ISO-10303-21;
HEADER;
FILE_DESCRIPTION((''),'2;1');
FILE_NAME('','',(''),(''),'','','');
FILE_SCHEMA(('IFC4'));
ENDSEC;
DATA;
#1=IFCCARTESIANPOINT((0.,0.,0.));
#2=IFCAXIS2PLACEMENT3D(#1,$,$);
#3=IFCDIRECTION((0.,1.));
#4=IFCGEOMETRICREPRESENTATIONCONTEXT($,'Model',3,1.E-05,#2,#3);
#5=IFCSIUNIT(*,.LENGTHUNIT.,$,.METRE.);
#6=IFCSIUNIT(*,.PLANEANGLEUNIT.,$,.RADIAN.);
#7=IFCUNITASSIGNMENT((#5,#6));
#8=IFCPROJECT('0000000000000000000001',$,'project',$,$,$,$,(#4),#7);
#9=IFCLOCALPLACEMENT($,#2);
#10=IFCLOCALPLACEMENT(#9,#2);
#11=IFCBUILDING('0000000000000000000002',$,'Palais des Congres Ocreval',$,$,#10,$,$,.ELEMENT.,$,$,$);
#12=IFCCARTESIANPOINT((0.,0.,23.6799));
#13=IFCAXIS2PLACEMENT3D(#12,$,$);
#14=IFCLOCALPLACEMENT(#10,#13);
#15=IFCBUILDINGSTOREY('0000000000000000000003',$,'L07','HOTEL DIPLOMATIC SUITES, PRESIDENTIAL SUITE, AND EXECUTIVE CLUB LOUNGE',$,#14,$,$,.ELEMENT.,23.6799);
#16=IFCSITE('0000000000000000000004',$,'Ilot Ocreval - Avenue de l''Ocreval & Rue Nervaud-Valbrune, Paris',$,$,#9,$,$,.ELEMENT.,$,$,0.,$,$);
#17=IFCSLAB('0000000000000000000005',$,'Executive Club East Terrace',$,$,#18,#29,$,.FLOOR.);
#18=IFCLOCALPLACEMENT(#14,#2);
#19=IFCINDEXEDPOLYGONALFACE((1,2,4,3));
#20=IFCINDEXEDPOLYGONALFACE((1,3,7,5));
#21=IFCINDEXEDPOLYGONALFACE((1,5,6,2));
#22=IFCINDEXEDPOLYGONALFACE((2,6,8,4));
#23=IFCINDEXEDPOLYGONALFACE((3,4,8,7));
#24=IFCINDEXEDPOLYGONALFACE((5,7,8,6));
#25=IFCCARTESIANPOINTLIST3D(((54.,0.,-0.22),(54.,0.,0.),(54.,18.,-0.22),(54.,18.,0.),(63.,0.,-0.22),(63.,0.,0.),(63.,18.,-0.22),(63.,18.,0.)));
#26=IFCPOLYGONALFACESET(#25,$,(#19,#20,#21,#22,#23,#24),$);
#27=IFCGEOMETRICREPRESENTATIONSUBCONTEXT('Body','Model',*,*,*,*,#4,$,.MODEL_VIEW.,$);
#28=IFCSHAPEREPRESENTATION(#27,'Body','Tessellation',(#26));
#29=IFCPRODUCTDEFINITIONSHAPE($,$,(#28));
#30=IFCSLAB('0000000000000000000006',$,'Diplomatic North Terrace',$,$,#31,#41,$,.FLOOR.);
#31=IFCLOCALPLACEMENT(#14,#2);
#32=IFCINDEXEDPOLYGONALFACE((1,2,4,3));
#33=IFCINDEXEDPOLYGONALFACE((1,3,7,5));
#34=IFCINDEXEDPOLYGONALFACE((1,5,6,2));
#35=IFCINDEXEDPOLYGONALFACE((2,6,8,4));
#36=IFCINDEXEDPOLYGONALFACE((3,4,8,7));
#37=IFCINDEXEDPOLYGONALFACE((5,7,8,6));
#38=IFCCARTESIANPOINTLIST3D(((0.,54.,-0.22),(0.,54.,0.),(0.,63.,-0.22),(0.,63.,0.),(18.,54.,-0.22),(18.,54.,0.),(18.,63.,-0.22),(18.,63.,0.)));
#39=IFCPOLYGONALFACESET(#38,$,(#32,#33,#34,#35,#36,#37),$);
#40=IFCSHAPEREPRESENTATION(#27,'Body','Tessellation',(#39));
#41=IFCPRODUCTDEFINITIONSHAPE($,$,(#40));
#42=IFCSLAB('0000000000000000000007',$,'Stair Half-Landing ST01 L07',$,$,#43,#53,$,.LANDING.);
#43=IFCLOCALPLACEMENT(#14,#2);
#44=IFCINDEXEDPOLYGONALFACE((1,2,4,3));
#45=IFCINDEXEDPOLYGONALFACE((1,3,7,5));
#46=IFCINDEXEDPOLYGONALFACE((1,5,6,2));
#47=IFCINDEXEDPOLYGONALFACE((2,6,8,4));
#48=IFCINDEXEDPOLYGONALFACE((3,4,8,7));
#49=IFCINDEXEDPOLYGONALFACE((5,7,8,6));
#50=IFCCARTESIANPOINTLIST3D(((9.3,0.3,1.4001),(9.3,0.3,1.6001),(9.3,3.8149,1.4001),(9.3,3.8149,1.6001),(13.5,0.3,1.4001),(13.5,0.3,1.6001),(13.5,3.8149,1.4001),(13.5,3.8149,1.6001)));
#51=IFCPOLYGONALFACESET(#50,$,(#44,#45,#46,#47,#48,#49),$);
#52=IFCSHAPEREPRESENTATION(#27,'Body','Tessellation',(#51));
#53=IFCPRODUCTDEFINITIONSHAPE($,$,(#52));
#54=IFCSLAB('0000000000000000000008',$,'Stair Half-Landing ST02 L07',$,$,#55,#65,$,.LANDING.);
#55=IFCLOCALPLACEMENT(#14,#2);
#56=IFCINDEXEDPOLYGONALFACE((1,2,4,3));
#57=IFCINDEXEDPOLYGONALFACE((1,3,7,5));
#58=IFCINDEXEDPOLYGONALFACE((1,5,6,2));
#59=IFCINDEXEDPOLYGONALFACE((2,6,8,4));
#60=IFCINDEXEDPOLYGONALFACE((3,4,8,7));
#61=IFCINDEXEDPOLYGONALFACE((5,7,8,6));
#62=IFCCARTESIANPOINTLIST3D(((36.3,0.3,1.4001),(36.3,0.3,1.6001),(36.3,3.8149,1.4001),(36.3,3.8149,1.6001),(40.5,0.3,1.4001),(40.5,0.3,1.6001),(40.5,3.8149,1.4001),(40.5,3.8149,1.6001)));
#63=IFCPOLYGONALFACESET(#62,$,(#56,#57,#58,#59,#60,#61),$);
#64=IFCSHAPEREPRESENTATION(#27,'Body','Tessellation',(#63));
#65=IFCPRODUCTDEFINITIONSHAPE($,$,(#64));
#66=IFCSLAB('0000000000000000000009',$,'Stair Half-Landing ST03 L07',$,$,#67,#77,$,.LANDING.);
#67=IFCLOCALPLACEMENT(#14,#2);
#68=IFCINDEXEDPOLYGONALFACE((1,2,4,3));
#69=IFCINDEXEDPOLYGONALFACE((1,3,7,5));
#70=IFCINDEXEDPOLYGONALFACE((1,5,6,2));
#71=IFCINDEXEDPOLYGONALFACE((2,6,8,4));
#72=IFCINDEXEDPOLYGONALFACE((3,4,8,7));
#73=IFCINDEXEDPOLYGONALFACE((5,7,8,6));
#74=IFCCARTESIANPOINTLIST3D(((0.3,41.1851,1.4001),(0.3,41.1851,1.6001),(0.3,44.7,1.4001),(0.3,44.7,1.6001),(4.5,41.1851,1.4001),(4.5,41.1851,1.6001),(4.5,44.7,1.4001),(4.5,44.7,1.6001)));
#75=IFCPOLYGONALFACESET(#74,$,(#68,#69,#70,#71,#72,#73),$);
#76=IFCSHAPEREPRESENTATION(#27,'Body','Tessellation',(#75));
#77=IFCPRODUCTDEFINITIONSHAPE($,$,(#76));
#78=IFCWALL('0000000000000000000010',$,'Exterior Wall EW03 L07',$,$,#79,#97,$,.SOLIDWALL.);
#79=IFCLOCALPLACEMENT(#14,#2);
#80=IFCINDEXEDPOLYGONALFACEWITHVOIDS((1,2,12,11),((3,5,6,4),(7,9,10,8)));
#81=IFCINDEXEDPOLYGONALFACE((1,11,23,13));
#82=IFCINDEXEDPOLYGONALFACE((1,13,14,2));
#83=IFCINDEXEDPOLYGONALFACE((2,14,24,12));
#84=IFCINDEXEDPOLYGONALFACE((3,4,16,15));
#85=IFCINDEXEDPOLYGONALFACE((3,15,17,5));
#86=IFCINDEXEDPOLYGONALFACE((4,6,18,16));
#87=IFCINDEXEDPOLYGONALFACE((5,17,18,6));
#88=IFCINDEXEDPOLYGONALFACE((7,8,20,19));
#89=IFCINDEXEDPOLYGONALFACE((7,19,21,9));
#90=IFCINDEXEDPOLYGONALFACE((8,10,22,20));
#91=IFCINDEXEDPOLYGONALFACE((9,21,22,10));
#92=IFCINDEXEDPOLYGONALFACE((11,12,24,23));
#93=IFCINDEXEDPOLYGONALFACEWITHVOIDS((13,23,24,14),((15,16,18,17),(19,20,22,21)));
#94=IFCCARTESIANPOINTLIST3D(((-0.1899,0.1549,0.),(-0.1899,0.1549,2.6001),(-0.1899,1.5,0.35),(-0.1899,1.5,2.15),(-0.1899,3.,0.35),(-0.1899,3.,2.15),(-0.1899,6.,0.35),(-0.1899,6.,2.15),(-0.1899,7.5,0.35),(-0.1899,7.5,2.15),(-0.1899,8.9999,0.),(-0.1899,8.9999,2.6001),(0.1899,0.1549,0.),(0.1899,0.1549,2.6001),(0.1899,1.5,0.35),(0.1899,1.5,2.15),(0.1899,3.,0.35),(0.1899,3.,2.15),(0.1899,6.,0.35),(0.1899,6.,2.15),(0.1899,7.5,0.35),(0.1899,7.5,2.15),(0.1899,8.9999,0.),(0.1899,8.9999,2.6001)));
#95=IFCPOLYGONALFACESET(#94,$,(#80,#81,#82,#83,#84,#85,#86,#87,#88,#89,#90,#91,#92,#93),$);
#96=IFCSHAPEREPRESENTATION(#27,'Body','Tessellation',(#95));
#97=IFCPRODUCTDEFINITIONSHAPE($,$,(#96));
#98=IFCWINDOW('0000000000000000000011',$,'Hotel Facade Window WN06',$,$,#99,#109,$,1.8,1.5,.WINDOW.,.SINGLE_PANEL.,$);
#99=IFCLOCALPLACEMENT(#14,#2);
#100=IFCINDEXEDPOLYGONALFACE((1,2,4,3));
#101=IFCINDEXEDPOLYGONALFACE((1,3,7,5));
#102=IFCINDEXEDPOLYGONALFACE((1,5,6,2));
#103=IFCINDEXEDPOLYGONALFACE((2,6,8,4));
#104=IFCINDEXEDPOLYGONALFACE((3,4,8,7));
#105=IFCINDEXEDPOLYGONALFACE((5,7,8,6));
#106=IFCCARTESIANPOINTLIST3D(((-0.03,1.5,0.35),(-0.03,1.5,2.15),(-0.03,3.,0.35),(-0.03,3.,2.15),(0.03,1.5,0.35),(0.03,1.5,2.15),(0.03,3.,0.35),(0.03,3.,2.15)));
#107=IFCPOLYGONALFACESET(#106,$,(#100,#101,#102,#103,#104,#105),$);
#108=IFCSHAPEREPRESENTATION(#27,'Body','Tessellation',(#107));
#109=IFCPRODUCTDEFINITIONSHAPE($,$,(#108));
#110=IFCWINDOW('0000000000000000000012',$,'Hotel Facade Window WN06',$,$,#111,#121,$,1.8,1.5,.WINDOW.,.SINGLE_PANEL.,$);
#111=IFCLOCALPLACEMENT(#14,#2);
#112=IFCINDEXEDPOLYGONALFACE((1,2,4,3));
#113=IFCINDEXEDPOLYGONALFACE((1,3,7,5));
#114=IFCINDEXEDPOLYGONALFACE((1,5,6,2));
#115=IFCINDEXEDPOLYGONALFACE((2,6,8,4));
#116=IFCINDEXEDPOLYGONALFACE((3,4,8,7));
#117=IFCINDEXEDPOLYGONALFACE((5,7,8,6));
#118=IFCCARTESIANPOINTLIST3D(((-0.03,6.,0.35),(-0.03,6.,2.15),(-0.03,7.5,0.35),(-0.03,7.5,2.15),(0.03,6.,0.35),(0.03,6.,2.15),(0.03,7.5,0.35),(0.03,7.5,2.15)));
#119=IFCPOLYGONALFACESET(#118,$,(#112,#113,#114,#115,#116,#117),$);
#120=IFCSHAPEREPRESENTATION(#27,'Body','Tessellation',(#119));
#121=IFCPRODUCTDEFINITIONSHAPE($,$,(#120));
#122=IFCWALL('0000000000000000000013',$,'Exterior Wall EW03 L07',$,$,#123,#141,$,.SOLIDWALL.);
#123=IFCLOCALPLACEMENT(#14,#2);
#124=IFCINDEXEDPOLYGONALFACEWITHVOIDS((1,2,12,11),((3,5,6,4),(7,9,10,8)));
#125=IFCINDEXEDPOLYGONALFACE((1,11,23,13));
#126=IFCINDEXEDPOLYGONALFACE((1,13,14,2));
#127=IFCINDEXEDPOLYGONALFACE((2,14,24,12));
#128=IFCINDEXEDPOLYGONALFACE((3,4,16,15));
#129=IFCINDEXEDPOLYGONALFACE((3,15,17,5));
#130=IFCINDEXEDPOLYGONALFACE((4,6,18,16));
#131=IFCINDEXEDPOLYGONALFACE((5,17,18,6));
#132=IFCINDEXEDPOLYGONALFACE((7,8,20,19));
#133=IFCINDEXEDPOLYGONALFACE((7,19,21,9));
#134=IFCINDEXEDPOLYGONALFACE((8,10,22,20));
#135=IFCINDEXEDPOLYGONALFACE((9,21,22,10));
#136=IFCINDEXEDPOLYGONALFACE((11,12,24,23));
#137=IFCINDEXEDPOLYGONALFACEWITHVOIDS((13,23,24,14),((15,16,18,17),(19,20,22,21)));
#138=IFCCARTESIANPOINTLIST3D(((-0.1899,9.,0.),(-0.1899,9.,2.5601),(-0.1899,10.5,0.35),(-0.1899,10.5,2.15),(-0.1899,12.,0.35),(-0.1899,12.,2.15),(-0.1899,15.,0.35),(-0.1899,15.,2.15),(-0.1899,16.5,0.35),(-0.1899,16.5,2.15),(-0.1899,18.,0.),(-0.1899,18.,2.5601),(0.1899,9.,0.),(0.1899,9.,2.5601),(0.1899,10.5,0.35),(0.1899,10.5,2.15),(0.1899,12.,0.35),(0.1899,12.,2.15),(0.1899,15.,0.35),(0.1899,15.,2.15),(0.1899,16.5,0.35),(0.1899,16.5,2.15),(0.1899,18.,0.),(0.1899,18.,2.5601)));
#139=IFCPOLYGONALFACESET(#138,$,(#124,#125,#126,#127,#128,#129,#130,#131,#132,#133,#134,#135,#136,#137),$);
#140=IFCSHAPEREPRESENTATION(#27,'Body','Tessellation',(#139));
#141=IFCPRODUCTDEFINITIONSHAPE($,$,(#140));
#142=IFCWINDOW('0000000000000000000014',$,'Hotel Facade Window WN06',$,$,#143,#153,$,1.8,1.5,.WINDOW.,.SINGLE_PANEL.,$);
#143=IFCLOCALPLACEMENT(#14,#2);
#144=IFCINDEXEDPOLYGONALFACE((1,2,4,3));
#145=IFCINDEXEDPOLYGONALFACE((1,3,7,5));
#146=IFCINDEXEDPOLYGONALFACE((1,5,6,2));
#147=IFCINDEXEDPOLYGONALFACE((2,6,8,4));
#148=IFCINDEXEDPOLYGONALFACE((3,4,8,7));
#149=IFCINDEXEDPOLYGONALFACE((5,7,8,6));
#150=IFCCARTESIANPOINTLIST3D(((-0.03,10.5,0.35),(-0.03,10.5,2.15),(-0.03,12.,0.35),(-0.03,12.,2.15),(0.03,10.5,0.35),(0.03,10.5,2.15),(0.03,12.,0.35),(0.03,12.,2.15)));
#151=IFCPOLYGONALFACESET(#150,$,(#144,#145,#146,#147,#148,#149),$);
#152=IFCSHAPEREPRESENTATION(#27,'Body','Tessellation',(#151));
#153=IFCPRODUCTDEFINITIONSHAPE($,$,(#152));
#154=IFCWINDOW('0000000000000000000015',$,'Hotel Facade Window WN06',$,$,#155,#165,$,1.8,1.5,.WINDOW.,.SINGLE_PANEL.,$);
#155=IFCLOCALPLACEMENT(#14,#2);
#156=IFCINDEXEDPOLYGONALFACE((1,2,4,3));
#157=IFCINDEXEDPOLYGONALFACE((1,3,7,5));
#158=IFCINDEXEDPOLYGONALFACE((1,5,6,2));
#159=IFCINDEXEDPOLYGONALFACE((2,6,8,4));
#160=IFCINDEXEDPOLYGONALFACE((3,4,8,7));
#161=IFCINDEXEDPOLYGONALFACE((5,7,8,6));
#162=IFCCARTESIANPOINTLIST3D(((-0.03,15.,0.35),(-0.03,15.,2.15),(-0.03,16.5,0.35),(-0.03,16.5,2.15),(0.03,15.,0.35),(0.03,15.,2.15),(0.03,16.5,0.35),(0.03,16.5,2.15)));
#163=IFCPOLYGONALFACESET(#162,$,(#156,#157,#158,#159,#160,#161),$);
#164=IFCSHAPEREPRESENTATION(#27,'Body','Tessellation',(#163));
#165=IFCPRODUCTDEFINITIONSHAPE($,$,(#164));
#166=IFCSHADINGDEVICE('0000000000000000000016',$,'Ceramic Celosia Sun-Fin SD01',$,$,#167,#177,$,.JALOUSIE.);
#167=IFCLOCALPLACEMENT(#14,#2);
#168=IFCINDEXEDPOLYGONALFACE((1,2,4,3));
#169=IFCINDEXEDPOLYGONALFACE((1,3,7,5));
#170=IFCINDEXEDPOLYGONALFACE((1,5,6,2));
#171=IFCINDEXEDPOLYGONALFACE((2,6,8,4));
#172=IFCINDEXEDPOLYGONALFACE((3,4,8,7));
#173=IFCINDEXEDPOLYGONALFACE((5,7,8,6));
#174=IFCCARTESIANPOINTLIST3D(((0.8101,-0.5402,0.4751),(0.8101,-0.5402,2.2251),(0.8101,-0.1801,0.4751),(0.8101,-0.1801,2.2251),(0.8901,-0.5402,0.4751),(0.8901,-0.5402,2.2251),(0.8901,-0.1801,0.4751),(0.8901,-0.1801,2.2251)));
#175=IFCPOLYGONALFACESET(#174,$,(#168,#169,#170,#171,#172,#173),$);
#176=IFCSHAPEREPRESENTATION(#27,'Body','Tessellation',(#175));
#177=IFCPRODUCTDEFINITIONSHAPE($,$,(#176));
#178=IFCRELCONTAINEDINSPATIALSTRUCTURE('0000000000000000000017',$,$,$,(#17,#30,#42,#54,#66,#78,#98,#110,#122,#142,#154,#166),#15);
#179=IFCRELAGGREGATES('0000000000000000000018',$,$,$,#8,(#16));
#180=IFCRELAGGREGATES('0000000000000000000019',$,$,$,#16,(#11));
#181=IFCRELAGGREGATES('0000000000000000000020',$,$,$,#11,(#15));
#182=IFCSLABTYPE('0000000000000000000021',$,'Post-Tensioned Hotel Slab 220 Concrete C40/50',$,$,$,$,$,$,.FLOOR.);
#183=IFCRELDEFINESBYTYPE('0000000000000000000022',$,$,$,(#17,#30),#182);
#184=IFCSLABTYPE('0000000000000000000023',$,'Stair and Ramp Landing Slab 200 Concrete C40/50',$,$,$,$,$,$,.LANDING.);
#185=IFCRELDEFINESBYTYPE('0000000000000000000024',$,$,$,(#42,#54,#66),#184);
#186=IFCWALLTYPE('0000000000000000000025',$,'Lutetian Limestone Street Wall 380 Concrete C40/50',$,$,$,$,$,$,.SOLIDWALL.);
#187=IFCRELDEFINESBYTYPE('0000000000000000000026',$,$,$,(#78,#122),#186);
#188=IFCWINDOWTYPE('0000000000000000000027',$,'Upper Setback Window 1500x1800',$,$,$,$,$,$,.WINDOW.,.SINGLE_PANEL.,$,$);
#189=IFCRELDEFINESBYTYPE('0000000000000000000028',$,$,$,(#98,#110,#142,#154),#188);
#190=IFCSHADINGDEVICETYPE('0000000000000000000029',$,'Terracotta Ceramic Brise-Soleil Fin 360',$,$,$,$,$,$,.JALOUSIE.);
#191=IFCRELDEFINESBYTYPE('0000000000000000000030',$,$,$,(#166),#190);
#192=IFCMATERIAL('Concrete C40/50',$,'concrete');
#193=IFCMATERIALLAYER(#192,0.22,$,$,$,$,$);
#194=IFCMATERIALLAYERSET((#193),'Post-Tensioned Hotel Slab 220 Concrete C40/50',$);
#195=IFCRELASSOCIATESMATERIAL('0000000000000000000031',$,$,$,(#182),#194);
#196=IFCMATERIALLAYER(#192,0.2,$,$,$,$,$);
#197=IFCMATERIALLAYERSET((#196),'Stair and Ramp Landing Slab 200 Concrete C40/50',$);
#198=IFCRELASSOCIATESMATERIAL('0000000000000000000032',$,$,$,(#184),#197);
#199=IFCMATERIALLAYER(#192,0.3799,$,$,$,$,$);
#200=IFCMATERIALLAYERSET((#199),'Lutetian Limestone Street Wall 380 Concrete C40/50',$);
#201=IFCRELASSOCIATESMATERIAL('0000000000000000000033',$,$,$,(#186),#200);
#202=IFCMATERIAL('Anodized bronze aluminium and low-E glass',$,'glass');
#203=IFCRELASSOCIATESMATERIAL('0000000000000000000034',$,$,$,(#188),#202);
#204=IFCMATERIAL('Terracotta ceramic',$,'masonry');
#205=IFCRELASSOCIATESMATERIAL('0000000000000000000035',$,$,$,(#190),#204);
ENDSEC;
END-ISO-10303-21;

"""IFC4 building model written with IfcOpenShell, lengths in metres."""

from ifc_helpers import new_model, si_unit, direction, frame, frame_2d, origin, origin_2d, place, context, subcontext, project, spatial, polyline, rectangle, outline, extrude, material, layer, layer_set, type_object, element, fill, save


model = new_model("IFC4")

# Units and contexts
model_context = context("Model", 3, precision=1e-05, world=origin(), true_north=direction((0.0, 1.0)))
body_context = subcontext(model_context, "Body", "Model", "MODEL_VIEW")
ifc_project = project(units=[si_unit("LENGTHUNIT", "METRE"), si_unit("PLANEANGLEUNIT", "RADIAN")], contexts=[model_context])

# Site, building, storey
site_placement = place(None, origin())
site = spatial("IfcSite", under=ifc_project, at=site_placement, Name="Ilot Ocreval - Avenue de l'Ocreval & Rue Nervaud-Valbrune, Paris", CompositionType="ELEMENT", RefElevation=0.0)
building_placement = place(site_placement, origin())
building = spatial("IfcBuilding", under=site, at=building_placement, Name="Palais des Congres Ocreval", CompositionType="ELEMENT")
storey_placement = place(building_placement, frame((0.0, 0.0, 23.6799)))
storey = spatial("IfcBuildingStorey", under=building, at=storey_placement, Name="L07", Description="HOTEL DIPLOMATIC SUITES, PRESIDENTIAL SUITE, AND EXECUTIVE CLUB LOUNGE", CompositionType="ELEMENT", Elevation=23.6799)

# Slabs
ifc_material_1 = material(Name="Concrete C40/50", Category="concrete")
ifc_layer_1 = layer(ifc_material_1, 0.22)
ifc_layer_set_1 = layer_set([ifc_layer_1], Name="Post-Tensioned Hotel Slab 220 Concrete C40/50")
slab_type_1 = type_object("IfcSlabType", Name="Post-Tensioned Hotel Slab 220 Concrete C40/50", PredefinedType="FLOOR", material=ifc_layer_set_1)
slab_1_placement = place(storey_placement, frame((0.0, 0.0, -0.22)))
element("IfcSlab", 1, at=slab_1_placement, inside=storey, type_object=slab_type_1, Name="Executive Club East Terrace", PredefinedType="FLOOR", context=body_context, shape_type="SweptSolid", body=[
    extrude(outline(polyline([(54.0, 0.0), (54.0, 18.0), (63.0, 18.0), (63.0, 0.0), (54.0, 0.0)])), origin(), (0.0, 0.0, 1.0), 0.22),
])
slab_2_placement = place(storey_placement, frame((0.0, 0.0, -0.22)))
element("IfcSlab", 2, at=slab_2_placement, inside=storey, type_object=slab_type_1, Name="Diplomatic North Terrace", PredefinedType="FLOOR", context=body_context, shape_type="SweptSolid", body=[
    extrude(outline(polyline([(0.0, 54.0), (0.0, 63.0), (18.0, 63.0), (18.0, 54.0), (0.0, 54.0)])), origin(), (0.0, 0.0, 1.0), 0.22),
])
ifc_layer_2 = layer(ifc_material_1, 0.2)
ifc_layer_set_2 = layer_set([ifc_layer_2], Name="Stair and Ramp Landing Slab 200 Concrete C40/50")
slab_type_2 = type_object("IfcSlabType", Name="Stair and Ramp Landing Slab 200 Concrete C40/50", PredefinedType="LANDING", material=ifc_layer_set_2)
slab_3_placement = place(storey_placement, frame((0.0, 0.0, 1.4001)))
element("IfcSlab", 3, at=slab_3_placement, inside=storey, type_object=slab_type_2, Name="Stair Half-Landing ST01 L07", PredefinedType="LANDING", context=body_context, shape_type="SweptSolid", body=[
    extrude(outline(polyline([(9.3, 0.3), (13.5, 0.3), (13.5, 3.8149), (9.3, 3.8149), (9.3, 0.3)])), origin(), (0.0, 0.0, 1.0), 0.2),
])
slab_4_placement = place(storey_placement, frame((0.0, 0.0, 1.4001)))
element("IfcSlab", 4, at=slab_4_placement, inside=storey, type_object=slab_type_2, Name="Stair Half-Landing ST02 L07", PredefinedType="LANDING", context=body_context, shape_type="SweptSolid", body=[
    extrude(outline(polyline([(36.3, 0.3), (40.5, 0.3), (40.5, 3.8149), (36.3, 3.8149), (36.3, 0.3)])), origin(), (0.0, 0.0, 1.0), 0.2),
])
slab_5_placement = place(storey_placement, frame((0.0, 0.0, 1.4001)))
element("IfcSlab", 5, at=slab_5_placement, inside=storey, type_object=slab_type_2, Name="Stair Half-Landing ST03 L07", PredefinedType="LANDING", context=body_context, shape_type="SweptSolid", body=[
    extrude(outline(polyline([(0.3, 41.1851), (4.5, 41.1851), (4.5, 44.7), (0.3, 44.7), (0.3, 41.1851)])), origin(), (0.0, 0.0, 1.0), 0.2),
])

# Walls, openings, windows
ifc_layer_3 = layer(ifc_material_1, 0.3799)
ifc_layer_set_3 = layer_set([ifc_layer_3], Name="Lutetian Limestone Street Wall 380 Concrete C40/50")
wall_type = type_object("IfcWallType", Name="Lutetian Limestone Street Wall 380 Concrete C40/50", PredefinedType="SOLIDWALL", material=ifc_layer_set_3)
wall_1_placement = place(storey_placement, frame((0.0, 0.155, 0.0), z_axis=(0.0, 0.0, 1.0), x_axis=(0.0, 1.0, 0.0)))
wall_1 = element("IfcWall", 6, at=wall_1_placement, inside=storey, type_object=wall_type, Name="Exterior Wall EW03 L07", PredefinedType="SOLIDWALL", context=body_context, shape_type="SweptSolid", body=[
    extrude(rectangle(XDim=8.845, YDim=0.3799, at=frame_2d((4.4224, 0.0))), origin(), (0.0, 0.0, 1.0), 2.6001),
])
opening_1_placement = place(wall_1_placement, frame((1.345, 0.0, 0.3501)))
opening_1 = element("IfcOpeningElement", 7, at=opening_1_placement, cuts=wall_1, PredefinedType="OPENING", context=body_context, shape_type="SweptSolid", body=[
    extrude(rectangle(XDim=1.5, YDim=1.8, at=frame_2d((0.75, 0.8999))), frame((0.0, 0.2, 0.0), z_axis=(0.0, -1.0, 0.0), x_axis=(1.0, 0.0, 0.0)), (0.0, 0.0, 1.0), 0.3999),
])
opening_2_placement = place(wall_1_placement, frame((5.845, 0.0, 0.3501)))
opening_2 = element("IfcOpeningElement", 8, at=opening_2_placement, cuts=wall_1, PredefinedType="OPENING", context=body_context, shape_type="SweptSolid", body=[
    extrude(rectangle(XDim=1.5, YDim=1.8, at=frame_2d((0.75, 0.8999))), frame((0.0, 0.2, 0.0), z_axis=(0.0, -1.0, 0.0), x_axis=(1.0, 0.0, 0.0)), (0.0, 0.0, 1.0), 0.3999),
])
ifc_material_2 = material(Name="Anodized bronze aluminium and low-E glass", Category="glass")
window_type = type_object("IfcWindowType", Name="Upper Setback Window 1500x1800", PartitioningType="SINGLE_PANEL", PredefinedType="WINDOW", material=ifc_material_2)
window_1_placement = place(opening_1_placement, origin())
window_1 = element("IfcWindow", 9, at=window_1_placement, inside=storey, type_object=window_type, Name="Hotel Facade Window WN06", OverallHeight=1.8, OverallWidth=1.5, PartitioningType="SINGLE_PANEL", PredefinedType="WINDOW", context=body_context, shape_type="SweptSolid", body=[
    extrude(rectangle(XDim=1.5, YDim=1.8, at=frame_2d((0.75, 0.8999))), frame((0.0, 0.03, 0.0), z_axis=(0.0, -1.0, 0.0), x_axis=(1.0, 0.0, 0.0)), (0.0, 0.0, 1.0), 0.0601),
])
fill(opening_1, window_1)
window_2_placement = place(opening_2_placement, origin())
window_2 = element("IfcWindow", 10, at=window_2_placement, inside=storey, type_object=window_type, Name="Hotel Facade Window WN06", OverallHeight=1.8, OverallWidth=1.5, PartitioningType="SINGLE_PANEL", PredefinedType="WINDOW", context=body_context, shape_type="SweptSolid", body=[
    extrude(rectangle(XDim=1.5, YDim=1.8, at=frame_2d((0.75, 0.8999))), frame((0.0, 0.03, 0.0), z_axis=(0.0, -1.0, 0.0), x_axis=(1.0, 0.0, 0.0)), (0.0, 0.0, 1.0), 0.0601),
])
fill(opening_2, window_2)
wall_2_placement = place(storey_placement, frame((0.0, 9.0, 0.0), z_axis=(0.0, 0.0, 1.0), x_axis=(0.0, 1.0, 0.0)))
wall_2 = element("IfcWall", 11, at=wall_2_placement, inside=storey, type_object=wall_type, Name="Exterior Wall EW03 L07", PredefinedType="SOLIDWALL", context=body_context, shape_type="SweptSolid", body=[
    extrude(rectangle(XDim=9.0, YDim=0.3799, at=frame_2d((4.5, 0.0))), origin(), (0.0, 0.0, 1.0), 2.5601),
])
opening_3_placement = place(wall_2_placement, frame((1.5, 0.0, 0.3501)))
opening_3 = element("IfcOpeningElement", 12, at=opening_3_placement, cuts=wall_2, PredefinedType="OPENING", context=body_context, shape_type="SweptSolid", body=[
    extrude(rectangle(XDim=1.5, YDim=1.8, at=frame_2d((0.75, 0.8999))), frame((0.0, 0.2, 0.0), z_axis=(0.0, -1.0, 0.0), x_axis=(1.0, 0.0, 0.0)), (0.0, 0.0, 1.0), 0.3999),
])
opening_4_placement = place(wall_2_placement, frame((6.0, 0.0, 0.3501)))
opening_4 = element("IfcOpeningElement", 13, at=opening_4_placement, cuts=wall_2, PredefinedType="OPENING", context=body_context, shape_type="SweptSolid", body=[
    extrude(rectangle(XDim=1.5, YDim=1.8, at=frame_2d((0.75, 0.8999))), frame((0.0, 0.2, 0.0), z_axis=(0.0, -1.0, 0.0), x_axis=(1.0, 0.0, 0.0)), (0.0, 0.0, 1.0), 0.3999),
])
window_3_placement = place(opening_3_placement, origin())
window_3 = element("IfcWindow", 14, at=window_3_placement, inside=storey, type_object=window_type, Name="Hotel Facade Window WN06", OverallHeight=1.8, OverallWidth=1.5, PartitioningType="SINGLE_PANEL", PredefinedType="WINDOW", context=body_context, shape_type="SweptSolid", body=[
    extrude(rectangle(XDim=1.5, YDim=1.8, at=frame_2d((0.75, 0.8999))), frame((0.0, 0.03, 0.0), z_axis=(0.0, -1.0, 0.0), x_axis=(1.0, 0.0, 0.0)), (0.0, 0.0, 1.0), 0.0601),
])
fill(opening_3, window_3)
window_4_placement = place(opening_4_placement, origin())
window_4 = element("IfcWindow", 15, at=window_4_placement, inside=storey, type_object=window_type, Name="Hotel Facade Window WN06", OverallHeight=1.8, OverallWidth=1.5, PartitioningType="SINGLE_PANEL", PredefinedType="WINDOW", context=body_context, shape_type="SweptSolid", body=[
    extrude(rectangle(XDim=1.5, YDim=1.8, at=frame_2d((0.75, 0.8999))), frame((0.0, 0.03, 0.0), z_axis=(0.0, -1.0, 0.0), x_axis=(1.0, 0.0, 0.0)), (0.0, 0.0, 1.0), 0.0601),
])
fill(opening_4, window_4)

# Shading device
ifc_material_3 = material(Name="Terracotta ceramic", Category="masonry")
shading_device_type = type_object("IfcShadingDeviceType", Name="Terracotta Ceramic Brise-Soleil Fin 360", PredefinedType="JALOUSIE", material=ifc_material_3)
for number, where, z_axis, x_axis, name in (
    (16, (0.8501, -0.3601, 0.4751), (0.0, 0.0, 1.0), (0.0, -1.0, 0.0), "Ceramic Celosia Sun-Fin SD01"),
):
    element("IfcShadingDevice", number, at=place(storey_placement, frame(where, z_axis=z_axis, x_axis=x_axis)), inside=storey, type_object=shading_device_type, Name=name, PredefinedType="JALOUSIE", context=body_context, shape_type="SweptSolid", body=[
        extrude(rectangle(XDim=0.3601, YDim=0.0801, at=origin_2d()), origin(), (0.0, 0.0, 1.0), 1.75),
    ])

save(model, "model.ifc")
